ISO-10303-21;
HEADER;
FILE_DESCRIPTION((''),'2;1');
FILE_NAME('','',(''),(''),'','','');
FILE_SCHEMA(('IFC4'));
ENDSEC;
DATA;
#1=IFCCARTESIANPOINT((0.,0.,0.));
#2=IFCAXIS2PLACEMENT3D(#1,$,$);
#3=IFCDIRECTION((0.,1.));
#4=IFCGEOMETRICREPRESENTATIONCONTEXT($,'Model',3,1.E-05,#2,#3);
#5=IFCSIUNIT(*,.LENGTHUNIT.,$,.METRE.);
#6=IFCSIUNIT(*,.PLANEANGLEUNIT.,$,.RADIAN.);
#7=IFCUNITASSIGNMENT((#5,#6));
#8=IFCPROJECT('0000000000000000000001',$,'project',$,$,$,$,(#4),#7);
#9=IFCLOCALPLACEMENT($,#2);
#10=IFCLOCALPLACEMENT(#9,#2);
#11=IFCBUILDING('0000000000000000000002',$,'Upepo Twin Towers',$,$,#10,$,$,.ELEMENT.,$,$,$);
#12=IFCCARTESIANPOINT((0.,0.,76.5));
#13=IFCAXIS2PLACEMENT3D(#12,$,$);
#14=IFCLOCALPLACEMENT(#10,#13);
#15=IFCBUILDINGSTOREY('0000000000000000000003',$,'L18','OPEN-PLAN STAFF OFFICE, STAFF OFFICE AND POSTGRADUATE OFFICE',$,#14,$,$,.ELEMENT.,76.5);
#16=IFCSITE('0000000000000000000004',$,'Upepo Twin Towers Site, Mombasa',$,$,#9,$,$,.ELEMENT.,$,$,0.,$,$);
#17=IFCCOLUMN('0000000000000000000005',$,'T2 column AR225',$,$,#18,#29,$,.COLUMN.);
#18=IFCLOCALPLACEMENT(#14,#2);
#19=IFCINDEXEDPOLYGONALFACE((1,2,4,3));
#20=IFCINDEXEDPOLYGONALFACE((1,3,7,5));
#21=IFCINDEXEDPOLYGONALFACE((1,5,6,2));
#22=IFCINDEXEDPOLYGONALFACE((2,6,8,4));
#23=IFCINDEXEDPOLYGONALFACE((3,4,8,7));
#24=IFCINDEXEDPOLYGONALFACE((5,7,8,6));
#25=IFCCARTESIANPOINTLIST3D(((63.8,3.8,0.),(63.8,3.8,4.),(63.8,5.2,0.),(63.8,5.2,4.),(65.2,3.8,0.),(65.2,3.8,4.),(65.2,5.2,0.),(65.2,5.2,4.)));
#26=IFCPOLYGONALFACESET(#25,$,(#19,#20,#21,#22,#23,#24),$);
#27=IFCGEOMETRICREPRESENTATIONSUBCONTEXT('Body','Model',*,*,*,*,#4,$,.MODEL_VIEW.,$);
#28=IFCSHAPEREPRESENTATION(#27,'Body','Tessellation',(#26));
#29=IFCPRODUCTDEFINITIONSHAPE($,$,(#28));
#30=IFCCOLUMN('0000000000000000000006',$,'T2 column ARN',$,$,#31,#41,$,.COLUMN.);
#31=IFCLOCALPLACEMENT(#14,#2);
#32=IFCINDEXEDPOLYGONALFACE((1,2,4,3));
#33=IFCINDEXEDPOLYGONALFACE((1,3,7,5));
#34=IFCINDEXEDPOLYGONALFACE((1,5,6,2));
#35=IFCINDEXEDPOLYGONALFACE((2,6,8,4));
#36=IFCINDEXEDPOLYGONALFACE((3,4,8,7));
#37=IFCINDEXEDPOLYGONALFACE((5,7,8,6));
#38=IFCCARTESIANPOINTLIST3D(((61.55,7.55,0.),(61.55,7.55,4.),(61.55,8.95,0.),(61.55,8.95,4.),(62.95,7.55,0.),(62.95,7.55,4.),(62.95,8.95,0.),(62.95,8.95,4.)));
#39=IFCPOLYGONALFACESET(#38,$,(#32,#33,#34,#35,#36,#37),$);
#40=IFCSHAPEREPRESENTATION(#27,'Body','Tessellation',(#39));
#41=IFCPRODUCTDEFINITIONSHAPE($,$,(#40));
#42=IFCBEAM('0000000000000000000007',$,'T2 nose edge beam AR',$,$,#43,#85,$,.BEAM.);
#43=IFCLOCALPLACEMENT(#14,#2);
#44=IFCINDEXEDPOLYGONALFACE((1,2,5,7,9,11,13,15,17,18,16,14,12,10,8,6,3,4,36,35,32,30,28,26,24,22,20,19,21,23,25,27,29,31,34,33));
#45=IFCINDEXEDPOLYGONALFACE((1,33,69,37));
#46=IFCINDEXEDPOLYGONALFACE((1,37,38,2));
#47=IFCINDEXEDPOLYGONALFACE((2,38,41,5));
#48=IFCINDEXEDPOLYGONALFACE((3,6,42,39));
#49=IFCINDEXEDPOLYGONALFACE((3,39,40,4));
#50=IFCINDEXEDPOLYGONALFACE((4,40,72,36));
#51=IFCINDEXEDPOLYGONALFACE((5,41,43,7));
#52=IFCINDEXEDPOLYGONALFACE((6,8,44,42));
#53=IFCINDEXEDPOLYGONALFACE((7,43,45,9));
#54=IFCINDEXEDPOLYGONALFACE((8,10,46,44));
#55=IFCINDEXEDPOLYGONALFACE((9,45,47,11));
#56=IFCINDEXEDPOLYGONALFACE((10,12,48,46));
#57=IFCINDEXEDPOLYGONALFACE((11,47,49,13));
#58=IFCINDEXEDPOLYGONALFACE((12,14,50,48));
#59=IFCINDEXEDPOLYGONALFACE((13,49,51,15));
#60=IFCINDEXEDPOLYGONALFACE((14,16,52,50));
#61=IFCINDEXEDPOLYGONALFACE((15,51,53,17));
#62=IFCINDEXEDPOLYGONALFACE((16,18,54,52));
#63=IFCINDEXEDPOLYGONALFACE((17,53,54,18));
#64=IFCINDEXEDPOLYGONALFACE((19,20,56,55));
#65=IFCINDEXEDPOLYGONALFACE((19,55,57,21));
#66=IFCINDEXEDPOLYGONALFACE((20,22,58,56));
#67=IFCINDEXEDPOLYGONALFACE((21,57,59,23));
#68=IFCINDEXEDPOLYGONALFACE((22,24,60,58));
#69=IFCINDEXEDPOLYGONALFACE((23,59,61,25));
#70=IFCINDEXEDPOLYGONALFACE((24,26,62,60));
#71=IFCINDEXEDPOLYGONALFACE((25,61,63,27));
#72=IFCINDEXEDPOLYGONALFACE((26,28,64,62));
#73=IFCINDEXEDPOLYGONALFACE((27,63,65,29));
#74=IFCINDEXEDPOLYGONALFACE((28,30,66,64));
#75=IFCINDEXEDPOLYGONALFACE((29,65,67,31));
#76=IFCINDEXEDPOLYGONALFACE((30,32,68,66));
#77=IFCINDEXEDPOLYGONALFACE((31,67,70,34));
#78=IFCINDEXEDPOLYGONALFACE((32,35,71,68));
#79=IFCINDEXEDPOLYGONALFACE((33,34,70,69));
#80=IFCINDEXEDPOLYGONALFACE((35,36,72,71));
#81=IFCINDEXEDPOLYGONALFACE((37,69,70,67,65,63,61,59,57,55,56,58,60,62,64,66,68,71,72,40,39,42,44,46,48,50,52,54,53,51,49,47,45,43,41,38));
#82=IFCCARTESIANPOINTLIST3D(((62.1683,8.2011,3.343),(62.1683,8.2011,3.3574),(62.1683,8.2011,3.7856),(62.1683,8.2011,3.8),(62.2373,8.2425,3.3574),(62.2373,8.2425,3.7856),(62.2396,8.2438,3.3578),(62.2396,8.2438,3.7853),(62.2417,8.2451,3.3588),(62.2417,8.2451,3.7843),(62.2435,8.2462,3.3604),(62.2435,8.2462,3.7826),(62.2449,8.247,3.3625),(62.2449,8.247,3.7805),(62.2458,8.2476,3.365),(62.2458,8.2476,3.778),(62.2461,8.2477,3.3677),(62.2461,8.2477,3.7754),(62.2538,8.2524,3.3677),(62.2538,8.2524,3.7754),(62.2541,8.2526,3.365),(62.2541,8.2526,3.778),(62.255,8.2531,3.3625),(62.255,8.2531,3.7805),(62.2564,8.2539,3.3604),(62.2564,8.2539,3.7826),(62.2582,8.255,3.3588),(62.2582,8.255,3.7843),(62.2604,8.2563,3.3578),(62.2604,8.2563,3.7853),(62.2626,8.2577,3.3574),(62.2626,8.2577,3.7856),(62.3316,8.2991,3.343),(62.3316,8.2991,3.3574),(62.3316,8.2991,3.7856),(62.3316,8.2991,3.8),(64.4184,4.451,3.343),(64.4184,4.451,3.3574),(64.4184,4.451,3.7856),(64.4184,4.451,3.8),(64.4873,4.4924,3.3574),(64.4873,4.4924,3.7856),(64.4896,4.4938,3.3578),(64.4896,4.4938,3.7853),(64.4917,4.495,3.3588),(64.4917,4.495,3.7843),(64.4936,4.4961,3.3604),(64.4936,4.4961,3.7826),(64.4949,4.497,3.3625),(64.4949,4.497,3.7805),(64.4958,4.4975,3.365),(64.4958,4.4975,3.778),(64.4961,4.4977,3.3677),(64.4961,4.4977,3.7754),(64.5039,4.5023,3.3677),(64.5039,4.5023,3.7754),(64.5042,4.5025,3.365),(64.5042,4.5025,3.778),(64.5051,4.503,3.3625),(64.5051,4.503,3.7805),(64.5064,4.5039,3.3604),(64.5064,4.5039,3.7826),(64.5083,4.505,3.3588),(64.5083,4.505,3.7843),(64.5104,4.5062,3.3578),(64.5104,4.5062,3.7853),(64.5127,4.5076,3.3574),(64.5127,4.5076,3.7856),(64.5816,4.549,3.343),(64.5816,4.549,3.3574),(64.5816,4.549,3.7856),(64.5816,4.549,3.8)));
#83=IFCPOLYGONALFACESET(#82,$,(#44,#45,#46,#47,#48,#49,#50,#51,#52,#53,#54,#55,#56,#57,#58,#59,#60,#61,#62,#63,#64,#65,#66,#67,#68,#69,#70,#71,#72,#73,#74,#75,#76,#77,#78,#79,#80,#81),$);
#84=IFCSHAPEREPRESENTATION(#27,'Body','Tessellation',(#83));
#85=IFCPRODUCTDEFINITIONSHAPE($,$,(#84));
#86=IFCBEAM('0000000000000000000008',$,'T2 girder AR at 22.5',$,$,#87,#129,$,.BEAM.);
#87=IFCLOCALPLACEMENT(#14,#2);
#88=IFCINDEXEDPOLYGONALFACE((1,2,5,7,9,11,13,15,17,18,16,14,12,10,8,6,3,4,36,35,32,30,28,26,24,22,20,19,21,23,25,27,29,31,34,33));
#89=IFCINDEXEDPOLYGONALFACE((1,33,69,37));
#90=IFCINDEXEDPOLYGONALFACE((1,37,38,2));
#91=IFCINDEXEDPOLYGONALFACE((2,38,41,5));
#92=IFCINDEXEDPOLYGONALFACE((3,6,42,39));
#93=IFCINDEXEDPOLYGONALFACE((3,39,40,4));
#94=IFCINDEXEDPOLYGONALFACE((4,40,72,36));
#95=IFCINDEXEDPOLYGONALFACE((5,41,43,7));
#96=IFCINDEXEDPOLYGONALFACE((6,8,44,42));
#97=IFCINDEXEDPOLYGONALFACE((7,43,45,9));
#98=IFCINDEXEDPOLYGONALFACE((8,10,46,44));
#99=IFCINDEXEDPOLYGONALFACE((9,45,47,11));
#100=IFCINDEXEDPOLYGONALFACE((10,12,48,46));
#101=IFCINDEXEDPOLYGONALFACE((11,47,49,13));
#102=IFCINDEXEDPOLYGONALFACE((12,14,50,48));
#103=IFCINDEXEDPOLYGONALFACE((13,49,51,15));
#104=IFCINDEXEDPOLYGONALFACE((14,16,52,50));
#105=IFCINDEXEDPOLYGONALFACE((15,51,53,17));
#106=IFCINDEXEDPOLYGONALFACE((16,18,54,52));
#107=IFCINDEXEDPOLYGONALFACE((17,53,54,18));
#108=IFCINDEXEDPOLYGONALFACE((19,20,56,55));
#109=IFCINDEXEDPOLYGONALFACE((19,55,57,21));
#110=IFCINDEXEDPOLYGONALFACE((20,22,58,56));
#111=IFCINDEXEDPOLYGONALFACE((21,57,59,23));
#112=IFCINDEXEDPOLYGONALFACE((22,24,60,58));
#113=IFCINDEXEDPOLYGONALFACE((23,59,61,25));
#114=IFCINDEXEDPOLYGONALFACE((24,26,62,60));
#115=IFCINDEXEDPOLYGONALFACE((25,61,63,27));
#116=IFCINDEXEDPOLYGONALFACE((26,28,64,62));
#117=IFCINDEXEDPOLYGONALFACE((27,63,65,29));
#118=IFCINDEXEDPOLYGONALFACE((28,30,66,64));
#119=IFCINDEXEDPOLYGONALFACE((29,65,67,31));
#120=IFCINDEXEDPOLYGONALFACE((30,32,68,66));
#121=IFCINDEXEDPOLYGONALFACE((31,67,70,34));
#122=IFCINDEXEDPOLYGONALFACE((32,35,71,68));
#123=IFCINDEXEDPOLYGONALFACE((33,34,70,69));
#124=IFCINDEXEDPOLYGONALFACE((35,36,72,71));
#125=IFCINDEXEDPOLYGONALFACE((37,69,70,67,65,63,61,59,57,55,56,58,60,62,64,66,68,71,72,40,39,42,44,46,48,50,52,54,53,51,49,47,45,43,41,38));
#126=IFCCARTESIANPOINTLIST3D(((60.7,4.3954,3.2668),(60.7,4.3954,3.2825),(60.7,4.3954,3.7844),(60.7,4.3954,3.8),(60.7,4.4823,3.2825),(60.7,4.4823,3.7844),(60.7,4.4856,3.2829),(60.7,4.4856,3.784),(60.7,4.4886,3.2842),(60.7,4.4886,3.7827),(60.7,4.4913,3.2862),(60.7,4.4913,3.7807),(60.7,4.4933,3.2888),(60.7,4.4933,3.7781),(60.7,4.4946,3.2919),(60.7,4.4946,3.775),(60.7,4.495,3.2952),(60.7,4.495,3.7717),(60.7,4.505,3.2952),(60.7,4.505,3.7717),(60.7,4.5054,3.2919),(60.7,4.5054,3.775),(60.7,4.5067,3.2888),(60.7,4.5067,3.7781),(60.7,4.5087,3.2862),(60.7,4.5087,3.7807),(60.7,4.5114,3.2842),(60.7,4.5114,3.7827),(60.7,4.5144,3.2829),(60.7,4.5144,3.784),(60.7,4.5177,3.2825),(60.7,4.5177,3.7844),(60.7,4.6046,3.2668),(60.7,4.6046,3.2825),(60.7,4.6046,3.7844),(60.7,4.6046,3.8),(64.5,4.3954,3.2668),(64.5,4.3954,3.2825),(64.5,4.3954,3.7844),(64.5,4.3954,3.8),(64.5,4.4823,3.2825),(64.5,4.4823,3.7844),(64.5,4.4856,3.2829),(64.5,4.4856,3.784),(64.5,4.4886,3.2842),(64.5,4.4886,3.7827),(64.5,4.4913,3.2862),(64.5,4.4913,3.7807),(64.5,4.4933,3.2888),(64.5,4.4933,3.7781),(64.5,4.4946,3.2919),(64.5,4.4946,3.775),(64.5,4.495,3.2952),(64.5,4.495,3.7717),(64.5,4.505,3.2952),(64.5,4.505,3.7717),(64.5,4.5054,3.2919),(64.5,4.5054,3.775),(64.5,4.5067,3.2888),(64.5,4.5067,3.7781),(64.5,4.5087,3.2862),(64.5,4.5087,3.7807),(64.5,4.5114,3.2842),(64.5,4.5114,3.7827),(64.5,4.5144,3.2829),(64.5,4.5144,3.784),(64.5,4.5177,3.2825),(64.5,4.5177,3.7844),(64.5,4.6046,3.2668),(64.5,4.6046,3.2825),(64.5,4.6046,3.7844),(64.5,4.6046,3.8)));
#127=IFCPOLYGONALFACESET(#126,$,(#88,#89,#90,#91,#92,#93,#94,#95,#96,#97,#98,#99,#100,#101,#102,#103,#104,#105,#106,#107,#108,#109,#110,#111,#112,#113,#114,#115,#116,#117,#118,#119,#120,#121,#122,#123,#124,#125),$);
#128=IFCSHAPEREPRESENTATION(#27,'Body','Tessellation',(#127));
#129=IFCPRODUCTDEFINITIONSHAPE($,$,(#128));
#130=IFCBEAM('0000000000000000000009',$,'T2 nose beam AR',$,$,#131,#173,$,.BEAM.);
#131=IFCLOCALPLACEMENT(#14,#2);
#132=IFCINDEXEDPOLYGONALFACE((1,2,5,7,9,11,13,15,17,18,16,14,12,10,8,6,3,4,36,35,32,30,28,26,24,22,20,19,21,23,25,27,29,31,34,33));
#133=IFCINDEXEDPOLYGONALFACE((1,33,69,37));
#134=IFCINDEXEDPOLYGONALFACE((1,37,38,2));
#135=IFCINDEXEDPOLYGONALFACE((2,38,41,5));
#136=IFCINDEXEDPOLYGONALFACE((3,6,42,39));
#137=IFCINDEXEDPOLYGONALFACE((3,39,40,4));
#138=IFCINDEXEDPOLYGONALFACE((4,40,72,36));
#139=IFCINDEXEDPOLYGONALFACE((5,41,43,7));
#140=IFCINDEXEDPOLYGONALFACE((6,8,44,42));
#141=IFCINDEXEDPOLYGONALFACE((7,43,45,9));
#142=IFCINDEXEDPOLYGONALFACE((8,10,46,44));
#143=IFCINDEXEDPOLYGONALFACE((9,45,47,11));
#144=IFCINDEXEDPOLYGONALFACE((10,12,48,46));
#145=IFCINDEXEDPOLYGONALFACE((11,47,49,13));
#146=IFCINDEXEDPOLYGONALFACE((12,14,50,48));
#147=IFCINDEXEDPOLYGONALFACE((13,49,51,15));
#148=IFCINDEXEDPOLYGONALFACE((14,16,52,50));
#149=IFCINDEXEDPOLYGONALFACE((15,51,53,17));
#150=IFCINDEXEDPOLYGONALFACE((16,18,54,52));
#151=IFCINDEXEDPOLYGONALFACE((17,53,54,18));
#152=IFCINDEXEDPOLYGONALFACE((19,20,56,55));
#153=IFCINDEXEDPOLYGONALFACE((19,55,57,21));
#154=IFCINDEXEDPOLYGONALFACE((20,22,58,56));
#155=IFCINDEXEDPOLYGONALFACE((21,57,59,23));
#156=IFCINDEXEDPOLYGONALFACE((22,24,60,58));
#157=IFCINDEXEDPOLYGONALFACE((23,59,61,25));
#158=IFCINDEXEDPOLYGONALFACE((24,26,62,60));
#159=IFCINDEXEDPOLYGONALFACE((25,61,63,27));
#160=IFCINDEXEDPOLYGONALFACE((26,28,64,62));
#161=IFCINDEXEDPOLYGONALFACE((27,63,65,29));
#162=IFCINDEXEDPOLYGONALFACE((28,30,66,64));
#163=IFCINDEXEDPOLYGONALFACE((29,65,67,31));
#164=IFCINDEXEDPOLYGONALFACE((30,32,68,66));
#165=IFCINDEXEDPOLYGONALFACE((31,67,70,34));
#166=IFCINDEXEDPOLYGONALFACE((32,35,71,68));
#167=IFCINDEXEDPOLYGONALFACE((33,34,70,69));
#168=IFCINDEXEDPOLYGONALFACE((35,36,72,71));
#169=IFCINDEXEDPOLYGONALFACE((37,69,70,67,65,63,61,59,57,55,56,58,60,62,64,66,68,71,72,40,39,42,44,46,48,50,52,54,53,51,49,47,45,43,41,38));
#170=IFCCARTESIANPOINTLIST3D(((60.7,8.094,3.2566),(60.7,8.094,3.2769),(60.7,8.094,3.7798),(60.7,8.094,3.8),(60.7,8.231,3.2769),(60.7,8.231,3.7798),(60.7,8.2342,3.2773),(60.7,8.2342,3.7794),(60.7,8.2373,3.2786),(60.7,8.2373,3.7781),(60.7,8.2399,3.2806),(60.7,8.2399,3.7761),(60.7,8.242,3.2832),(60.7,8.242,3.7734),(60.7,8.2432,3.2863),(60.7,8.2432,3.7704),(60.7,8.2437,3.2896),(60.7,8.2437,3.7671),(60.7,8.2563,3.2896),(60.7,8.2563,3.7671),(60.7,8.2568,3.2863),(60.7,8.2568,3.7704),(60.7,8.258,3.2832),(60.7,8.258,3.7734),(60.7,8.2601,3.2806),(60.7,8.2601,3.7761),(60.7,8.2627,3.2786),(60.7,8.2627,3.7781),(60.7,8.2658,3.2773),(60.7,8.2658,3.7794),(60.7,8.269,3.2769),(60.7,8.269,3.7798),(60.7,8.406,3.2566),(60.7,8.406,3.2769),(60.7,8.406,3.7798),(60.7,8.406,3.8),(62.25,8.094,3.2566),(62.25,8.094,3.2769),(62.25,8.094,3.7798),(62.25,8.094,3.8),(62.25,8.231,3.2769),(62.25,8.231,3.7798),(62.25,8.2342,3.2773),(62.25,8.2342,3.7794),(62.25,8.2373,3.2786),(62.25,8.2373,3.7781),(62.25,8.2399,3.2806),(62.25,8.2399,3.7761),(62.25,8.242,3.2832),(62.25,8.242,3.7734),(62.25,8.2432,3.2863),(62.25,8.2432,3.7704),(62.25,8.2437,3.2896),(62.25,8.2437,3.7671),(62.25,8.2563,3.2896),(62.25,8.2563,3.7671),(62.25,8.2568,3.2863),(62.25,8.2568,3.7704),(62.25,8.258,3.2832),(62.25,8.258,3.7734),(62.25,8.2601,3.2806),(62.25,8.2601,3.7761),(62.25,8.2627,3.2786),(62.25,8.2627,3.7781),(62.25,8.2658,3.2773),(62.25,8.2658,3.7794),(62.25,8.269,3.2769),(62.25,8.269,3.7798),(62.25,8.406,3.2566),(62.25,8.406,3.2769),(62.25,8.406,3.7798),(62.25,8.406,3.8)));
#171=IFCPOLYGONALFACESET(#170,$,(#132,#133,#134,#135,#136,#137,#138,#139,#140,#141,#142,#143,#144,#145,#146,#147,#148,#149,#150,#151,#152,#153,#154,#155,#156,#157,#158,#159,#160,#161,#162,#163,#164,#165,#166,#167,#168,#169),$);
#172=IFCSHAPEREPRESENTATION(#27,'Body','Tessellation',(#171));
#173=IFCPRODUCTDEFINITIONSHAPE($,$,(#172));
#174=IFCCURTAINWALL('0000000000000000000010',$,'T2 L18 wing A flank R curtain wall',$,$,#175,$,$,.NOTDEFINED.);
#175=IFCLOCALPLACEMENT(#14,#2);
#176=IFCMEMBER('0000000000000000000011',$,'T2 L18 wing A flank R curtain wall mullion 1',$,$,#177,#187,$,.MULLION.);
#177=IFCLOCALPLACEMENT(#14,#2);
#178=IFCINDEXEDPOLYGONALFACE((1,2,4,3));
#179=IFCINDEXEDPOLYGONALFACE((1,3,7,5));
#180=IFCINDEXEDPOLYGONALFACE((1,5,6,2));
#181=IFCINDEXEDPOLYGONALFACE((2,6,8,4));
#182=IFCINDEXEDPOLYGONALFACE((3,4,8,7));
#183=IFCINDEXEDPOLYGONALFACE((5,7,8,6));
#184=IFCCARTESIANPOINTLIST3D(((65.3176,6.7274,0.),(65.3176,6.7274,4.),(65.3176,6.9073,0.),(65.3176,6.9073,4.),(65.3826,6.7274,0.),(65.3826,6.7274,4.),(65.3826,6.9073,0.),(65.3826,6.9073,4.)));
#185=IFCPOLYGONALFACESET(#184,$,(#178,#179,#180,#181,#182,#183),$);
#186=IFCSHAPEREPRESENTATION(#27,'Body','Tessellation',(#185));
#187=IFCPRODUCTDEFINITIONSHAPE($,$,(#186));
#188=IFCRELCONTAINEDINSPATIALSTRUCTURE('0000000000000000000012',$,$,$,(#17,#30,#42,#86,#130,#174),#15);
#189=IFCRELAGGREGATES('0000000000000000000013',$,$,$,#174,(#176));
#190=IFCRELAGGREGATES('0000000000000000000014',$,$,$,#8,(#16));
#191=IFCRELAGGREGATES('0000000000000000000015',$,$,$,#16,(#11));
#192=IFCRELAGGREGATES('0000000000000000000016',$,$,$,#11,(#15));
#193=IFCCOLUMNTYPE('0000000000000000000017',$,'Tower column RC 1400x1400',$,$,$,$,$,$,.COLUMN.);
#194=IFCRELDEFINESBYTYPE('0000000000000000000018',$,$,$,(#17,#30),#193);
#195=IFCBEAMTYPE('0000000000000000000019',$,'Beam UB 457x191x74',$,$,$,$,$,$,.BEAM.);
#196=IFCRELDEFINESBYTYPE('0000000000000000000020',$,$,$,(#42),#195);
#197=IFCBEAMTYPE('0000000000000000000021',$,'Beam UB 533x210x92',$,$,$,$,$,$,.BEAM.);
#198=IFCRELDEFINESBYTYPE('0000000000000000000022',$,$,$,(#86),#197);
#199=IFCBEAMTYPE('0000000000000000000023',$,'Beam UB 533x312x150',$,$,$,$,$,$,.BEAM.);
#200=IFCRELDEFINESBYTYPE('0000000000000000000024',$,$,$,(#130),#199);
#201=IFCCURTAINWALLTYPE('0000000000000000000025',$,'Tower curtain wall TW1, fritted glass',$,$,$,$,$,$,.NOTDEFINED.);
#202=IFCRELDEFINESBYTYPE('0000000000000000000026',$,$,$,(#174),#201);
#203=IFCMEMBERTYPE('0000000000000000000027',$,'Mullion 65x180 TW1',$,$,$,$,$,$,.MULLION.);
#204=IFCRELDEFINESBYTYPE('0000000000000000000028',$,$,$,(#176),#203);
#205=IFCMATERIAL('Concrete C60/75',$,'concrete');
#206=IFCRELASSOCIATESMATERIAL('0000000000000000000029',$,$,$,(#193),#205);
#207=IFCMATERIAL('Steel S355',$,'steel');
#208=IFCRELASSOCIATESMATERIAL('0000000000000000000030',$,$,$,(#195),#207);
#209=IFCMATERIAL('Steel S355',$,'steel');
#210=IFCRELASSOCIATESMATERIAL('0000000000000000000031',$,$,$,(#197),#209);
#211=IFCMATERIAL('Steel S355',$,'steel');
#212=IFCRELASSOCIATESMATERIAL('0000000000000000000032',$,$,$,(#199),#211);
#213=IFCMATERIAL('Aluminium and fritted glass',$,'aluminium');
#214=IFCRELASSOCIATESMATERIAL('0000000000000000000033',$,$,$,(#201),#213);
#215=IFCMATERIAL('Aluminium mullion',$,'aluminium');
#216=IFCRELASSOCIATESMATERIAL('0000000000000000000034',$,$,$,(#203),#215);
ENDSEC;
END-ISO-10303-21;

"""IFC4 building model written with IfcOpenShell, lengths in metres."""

from ifc_helpers import new_model, si_unit, direction, frame, origin, origin_2d, place, context, subcontext, project, spatial, rectangle, i_section, extrude, material, material_profile, profile_set, type_object, element, aggregate, save


model = new_model("IFC4")

# Units and contexts
model_context = context("Model", 3, precision=1e-05, world=origin(), true_north=direction((0.0, 1.0)))
body_context = subcontext(model_context, "Body", "Model", "MODEL_VIEW")
ifc_project = project(units=[si_unit("LENGTHUNIT", "METRE"), si_unit("PLANEANGLEUNIT", "RADIAN")], contexts=[model_context])

# Site, building, storey
site_placement = place(None, origin())
site = spatial("IfcSite", under=ifc_project, at=site_placement, Name="Upepo Twin Towers Site, Mombasa", CompositionType="ELEMENT", RefElevation=0.0)
building_placement = place(site_placement, origin())
building = spatial("IfcBuilding", under=site, at=building_placement, Name="Upepo Twin Towers", CompositionType="ELEMENT")
storey_placement = place(building_placement, frame((0.0, 0.0, 76.5)))
storey = spatial("IfcBuildingStorey", under=building, at=storey_placement, Name="L18", Description="OPEN-PLAN STAFF OFFICE, STAFF OFFICE AND POSTGRADUATE OFFICE", CompositionType="ELEMENT", Elevation=76.5)

# Columns
ifc_material_1 = material(Name="Concrete C60/75", Category="concrete")
ifc_material_profile_1 = material_profile(ifc_material_1, rectangle(XDim=1.3999, YDim=1.3999, at=origin_2d()), Name="RC 1400x1400")
ifc_profile_set_1 = profile_set([ifc_material_profile_1], Name="Concrete C60/75")
column_type = type_object("IfcColumnType", Name="Tower column RC 1400x1400", PredefinedType="COLUMN", material=ifc_profile_set_1)
for number, where, z_axis, x_axis, name in (
    (1, (64.5, 4.5, 0.0), (0.0, 0.0, 1.0), (1.0, 0.0, 0.0), "T2 column AR225"),
    (2, (62.25, 8.25, 0.0), (0.0, 0.0, 1.0), (1.0, 0.0, 0.0), "T2 column ARN"),
):
    element("IfcColumn", number, at=place(storey_placement, frame(where, z_axis=z_axis, x_axis=x_axis)), inside=storey, type_object=column_type, Name=name, PredefinedType="COLUMN", context=body_context, shape_type="SweptSolid", body=[
        extrude(rectangle(XDim=1.3999, YDim=1.3999, at=origin_2d()), origin(), (0.0, 0.0, 1.0), 4.0),
    ])

# Beams
ifc_material_2 = material(Name="Steel S355", Category="steel")
ifc_material_profile_2 = material_profile(ifc_material_2, i_section(OverallWidth=0.1904, OverallDepth=0.457, WebThickness=0.009, FlangeThickness=0.0144, FilletRadius=0.0103, at=origin_2d()), Name="UB 457x191x74")
ifc_profile_set_2 = profile_set([ifc_material_profile_2], Name="Steel S355")
beam_type_1 = type_object("IfcBeamType", Name="Beam UB 457x191x74", PredefinedType="BEAM", material=ifc_profile_set_2)
beam_1_placement = place(storey_placement, frame((64.5, 4.5, 3.5715), z_axis=(-0.514496, 0.857493, 0.0), x_axis=(-0.857493, -0.514496, 0.0)))
element("IfcBeam", 3, at=beam_1_placement, inside=storey, type_object=beam_type_1, Name="T2 nose edge beam AR", PredefinedType="BEAM", context=body_context, shape_type="SweptSolid", body=[
    extrude(i_section(OverallWidth=0.1904, OverallDepth=0.457, WebThickness=0.009, FlangeThickness=0.0144, FilletRadius=0.0103, at=origin_2d()), origin(), (0.0, 0.0, 1.0), 4.3733),
])
ifc_material_3 = material(Name="Steel S355", Category="steel")
ifc_material_profile_3 = material_profile(ifc_material_3, i_section(OverallWidth=0.2092, OverallDepth=0.5332, WebThickness=0.01, FlangeThickness=0.0156, FilletRadius=0.0127, at=origin_2d()), Name="UB 533x210x92")
ifc_profile_set_3 = profile_set([ifc_material_profile_3], Name="Steel S355")
beam_type_2 = type_object("IfcBeamType", Name="Beam UB 533x210x92", PredefinedType="BEAM", material=ifc_profile_set_3)
beam_2_placement = place(storey_placement, frame((64.5, 4.5, 3.5334), z_axis=(-1.0, 0.0, 0.0), x_axis=(0.0, -1.0, 0.0)))
element("IfcBeam", 4, at=beam_2_placement, inside=storey, type_object=beam_type_2, Name="T2 girder AR at 22.5", PredefinedType="BEAM", context=body_context, shape_type="SweptSolid", body=[
    extrude(i_section(OverallWidth=0.2092, OverallDepth=0.5332, WebThickness=0.01, FlangeThickness=0.0156, FilletRadius=0.0127, at=origin_2d()), origin(), (0.0, 0.0, 1.0), 3.8),
])
ifc_material_4 = material(Name="Steel S355", Category="steel")
ifc_material_profile_4 = material_profile(ifc_material_4, i_section(OverallWidth=0.312, OverallDepth=0.5435, WebThickness=0.0127, FlangeThickness=0.0203, FilletRadius=0.0127, at=origin_2d()), Name="UB 533x312x150")
ifc_profile_set_4 = profile_set([ifc_material_profile_4], Name="Steel S355")
beam_type_3 = type_object("IfcBeamType", Name="Beam UB 533x312x150", PredefinedType="BEAM", material=ifc_profile_set_4)
beam_3_placement = place(storey_placement, frame((62.25, 8.25, 3.5283), z_axis=(-1.0, 0.0, 0.0), x_axis=(0.0, -1.0, 0.0)))
element("IfcBeam", 5, at=beam_3_placement, inside=storey, type_object=beam_type_3, Name="T2 nose beam AR", PredefinedType="BEAM", context=body_context, shape_type="SweptSolid", body=[
    extrude(i_section(OverallWidth=0.312, OverallDepth=0.5435, WebThickness=0.0127, FlangeThickness=0.0203, FilletRadius=0.0127, at=origin_2d()), origin(), (0.0, 0.0, 1.0), 1.55),
])

# Curtain wall, member
ifc_material_5 = material(Name="Aluminium and fritted glass", Category="aluminium")
curtain_wall_type = type_object("IfcCurtainWallType", Name="Tower curtain wall TW1, fritted glass", PredefinedType="NOTDEFINED", material=ifc_material_5)
curtain_wall_1_placement = place(storey_placement, origin())
curtain_wall_1 = element("IfcCurtainWall", 6, at=curtain_wall_1_placement, inside=storey, type_object=curtain_wall_type, Name="T2 L18 wing A flank R curtain wall", PredefinedType="NOTDEFINED")
ifc_material_6 = material(Name="Aluminium mullion", Category="aluminium")
ifc_material_profile_5 = material_profile(ifc_material_6, rectangle(XDim=0.0649, YDim=0.1799, at=origin_2d()), Name="MULLION 65x180")
ifc_profile_set_5 = profile_set([ifc_material_profile_5], Name="Aluminium mullion")
member_type_1 = type_object("IfcMemberType", Name="Mullion 65x180 TW1", PredefinedType="MULLION", material=ifc_profile_set_5)
member_1_placement = place(storey_placement, frame((65.3501, 6.8174, 0.0), z_axis=(0.0, 0.0, 1.0), x_axis=(1.0, 0.0, 0.0)))
member_1 = element("IfcMember", 7, at=member_1_placement, type_object=member_type_1, Name="T2 L18 wing A flank R curtain wall mullion 1", PredefinedType="MULLION", context=body_context, shape_type="SweptSolid", body=[
    extrude(rectangle(XDim=0.0649, YDim=0.1799, at=origin_2d()), origin(), (0.0, 0.0, 1.0), 4.0),
])

aggregate(curtain_wall_1, [member_1])

save(model, "model.ifc")
